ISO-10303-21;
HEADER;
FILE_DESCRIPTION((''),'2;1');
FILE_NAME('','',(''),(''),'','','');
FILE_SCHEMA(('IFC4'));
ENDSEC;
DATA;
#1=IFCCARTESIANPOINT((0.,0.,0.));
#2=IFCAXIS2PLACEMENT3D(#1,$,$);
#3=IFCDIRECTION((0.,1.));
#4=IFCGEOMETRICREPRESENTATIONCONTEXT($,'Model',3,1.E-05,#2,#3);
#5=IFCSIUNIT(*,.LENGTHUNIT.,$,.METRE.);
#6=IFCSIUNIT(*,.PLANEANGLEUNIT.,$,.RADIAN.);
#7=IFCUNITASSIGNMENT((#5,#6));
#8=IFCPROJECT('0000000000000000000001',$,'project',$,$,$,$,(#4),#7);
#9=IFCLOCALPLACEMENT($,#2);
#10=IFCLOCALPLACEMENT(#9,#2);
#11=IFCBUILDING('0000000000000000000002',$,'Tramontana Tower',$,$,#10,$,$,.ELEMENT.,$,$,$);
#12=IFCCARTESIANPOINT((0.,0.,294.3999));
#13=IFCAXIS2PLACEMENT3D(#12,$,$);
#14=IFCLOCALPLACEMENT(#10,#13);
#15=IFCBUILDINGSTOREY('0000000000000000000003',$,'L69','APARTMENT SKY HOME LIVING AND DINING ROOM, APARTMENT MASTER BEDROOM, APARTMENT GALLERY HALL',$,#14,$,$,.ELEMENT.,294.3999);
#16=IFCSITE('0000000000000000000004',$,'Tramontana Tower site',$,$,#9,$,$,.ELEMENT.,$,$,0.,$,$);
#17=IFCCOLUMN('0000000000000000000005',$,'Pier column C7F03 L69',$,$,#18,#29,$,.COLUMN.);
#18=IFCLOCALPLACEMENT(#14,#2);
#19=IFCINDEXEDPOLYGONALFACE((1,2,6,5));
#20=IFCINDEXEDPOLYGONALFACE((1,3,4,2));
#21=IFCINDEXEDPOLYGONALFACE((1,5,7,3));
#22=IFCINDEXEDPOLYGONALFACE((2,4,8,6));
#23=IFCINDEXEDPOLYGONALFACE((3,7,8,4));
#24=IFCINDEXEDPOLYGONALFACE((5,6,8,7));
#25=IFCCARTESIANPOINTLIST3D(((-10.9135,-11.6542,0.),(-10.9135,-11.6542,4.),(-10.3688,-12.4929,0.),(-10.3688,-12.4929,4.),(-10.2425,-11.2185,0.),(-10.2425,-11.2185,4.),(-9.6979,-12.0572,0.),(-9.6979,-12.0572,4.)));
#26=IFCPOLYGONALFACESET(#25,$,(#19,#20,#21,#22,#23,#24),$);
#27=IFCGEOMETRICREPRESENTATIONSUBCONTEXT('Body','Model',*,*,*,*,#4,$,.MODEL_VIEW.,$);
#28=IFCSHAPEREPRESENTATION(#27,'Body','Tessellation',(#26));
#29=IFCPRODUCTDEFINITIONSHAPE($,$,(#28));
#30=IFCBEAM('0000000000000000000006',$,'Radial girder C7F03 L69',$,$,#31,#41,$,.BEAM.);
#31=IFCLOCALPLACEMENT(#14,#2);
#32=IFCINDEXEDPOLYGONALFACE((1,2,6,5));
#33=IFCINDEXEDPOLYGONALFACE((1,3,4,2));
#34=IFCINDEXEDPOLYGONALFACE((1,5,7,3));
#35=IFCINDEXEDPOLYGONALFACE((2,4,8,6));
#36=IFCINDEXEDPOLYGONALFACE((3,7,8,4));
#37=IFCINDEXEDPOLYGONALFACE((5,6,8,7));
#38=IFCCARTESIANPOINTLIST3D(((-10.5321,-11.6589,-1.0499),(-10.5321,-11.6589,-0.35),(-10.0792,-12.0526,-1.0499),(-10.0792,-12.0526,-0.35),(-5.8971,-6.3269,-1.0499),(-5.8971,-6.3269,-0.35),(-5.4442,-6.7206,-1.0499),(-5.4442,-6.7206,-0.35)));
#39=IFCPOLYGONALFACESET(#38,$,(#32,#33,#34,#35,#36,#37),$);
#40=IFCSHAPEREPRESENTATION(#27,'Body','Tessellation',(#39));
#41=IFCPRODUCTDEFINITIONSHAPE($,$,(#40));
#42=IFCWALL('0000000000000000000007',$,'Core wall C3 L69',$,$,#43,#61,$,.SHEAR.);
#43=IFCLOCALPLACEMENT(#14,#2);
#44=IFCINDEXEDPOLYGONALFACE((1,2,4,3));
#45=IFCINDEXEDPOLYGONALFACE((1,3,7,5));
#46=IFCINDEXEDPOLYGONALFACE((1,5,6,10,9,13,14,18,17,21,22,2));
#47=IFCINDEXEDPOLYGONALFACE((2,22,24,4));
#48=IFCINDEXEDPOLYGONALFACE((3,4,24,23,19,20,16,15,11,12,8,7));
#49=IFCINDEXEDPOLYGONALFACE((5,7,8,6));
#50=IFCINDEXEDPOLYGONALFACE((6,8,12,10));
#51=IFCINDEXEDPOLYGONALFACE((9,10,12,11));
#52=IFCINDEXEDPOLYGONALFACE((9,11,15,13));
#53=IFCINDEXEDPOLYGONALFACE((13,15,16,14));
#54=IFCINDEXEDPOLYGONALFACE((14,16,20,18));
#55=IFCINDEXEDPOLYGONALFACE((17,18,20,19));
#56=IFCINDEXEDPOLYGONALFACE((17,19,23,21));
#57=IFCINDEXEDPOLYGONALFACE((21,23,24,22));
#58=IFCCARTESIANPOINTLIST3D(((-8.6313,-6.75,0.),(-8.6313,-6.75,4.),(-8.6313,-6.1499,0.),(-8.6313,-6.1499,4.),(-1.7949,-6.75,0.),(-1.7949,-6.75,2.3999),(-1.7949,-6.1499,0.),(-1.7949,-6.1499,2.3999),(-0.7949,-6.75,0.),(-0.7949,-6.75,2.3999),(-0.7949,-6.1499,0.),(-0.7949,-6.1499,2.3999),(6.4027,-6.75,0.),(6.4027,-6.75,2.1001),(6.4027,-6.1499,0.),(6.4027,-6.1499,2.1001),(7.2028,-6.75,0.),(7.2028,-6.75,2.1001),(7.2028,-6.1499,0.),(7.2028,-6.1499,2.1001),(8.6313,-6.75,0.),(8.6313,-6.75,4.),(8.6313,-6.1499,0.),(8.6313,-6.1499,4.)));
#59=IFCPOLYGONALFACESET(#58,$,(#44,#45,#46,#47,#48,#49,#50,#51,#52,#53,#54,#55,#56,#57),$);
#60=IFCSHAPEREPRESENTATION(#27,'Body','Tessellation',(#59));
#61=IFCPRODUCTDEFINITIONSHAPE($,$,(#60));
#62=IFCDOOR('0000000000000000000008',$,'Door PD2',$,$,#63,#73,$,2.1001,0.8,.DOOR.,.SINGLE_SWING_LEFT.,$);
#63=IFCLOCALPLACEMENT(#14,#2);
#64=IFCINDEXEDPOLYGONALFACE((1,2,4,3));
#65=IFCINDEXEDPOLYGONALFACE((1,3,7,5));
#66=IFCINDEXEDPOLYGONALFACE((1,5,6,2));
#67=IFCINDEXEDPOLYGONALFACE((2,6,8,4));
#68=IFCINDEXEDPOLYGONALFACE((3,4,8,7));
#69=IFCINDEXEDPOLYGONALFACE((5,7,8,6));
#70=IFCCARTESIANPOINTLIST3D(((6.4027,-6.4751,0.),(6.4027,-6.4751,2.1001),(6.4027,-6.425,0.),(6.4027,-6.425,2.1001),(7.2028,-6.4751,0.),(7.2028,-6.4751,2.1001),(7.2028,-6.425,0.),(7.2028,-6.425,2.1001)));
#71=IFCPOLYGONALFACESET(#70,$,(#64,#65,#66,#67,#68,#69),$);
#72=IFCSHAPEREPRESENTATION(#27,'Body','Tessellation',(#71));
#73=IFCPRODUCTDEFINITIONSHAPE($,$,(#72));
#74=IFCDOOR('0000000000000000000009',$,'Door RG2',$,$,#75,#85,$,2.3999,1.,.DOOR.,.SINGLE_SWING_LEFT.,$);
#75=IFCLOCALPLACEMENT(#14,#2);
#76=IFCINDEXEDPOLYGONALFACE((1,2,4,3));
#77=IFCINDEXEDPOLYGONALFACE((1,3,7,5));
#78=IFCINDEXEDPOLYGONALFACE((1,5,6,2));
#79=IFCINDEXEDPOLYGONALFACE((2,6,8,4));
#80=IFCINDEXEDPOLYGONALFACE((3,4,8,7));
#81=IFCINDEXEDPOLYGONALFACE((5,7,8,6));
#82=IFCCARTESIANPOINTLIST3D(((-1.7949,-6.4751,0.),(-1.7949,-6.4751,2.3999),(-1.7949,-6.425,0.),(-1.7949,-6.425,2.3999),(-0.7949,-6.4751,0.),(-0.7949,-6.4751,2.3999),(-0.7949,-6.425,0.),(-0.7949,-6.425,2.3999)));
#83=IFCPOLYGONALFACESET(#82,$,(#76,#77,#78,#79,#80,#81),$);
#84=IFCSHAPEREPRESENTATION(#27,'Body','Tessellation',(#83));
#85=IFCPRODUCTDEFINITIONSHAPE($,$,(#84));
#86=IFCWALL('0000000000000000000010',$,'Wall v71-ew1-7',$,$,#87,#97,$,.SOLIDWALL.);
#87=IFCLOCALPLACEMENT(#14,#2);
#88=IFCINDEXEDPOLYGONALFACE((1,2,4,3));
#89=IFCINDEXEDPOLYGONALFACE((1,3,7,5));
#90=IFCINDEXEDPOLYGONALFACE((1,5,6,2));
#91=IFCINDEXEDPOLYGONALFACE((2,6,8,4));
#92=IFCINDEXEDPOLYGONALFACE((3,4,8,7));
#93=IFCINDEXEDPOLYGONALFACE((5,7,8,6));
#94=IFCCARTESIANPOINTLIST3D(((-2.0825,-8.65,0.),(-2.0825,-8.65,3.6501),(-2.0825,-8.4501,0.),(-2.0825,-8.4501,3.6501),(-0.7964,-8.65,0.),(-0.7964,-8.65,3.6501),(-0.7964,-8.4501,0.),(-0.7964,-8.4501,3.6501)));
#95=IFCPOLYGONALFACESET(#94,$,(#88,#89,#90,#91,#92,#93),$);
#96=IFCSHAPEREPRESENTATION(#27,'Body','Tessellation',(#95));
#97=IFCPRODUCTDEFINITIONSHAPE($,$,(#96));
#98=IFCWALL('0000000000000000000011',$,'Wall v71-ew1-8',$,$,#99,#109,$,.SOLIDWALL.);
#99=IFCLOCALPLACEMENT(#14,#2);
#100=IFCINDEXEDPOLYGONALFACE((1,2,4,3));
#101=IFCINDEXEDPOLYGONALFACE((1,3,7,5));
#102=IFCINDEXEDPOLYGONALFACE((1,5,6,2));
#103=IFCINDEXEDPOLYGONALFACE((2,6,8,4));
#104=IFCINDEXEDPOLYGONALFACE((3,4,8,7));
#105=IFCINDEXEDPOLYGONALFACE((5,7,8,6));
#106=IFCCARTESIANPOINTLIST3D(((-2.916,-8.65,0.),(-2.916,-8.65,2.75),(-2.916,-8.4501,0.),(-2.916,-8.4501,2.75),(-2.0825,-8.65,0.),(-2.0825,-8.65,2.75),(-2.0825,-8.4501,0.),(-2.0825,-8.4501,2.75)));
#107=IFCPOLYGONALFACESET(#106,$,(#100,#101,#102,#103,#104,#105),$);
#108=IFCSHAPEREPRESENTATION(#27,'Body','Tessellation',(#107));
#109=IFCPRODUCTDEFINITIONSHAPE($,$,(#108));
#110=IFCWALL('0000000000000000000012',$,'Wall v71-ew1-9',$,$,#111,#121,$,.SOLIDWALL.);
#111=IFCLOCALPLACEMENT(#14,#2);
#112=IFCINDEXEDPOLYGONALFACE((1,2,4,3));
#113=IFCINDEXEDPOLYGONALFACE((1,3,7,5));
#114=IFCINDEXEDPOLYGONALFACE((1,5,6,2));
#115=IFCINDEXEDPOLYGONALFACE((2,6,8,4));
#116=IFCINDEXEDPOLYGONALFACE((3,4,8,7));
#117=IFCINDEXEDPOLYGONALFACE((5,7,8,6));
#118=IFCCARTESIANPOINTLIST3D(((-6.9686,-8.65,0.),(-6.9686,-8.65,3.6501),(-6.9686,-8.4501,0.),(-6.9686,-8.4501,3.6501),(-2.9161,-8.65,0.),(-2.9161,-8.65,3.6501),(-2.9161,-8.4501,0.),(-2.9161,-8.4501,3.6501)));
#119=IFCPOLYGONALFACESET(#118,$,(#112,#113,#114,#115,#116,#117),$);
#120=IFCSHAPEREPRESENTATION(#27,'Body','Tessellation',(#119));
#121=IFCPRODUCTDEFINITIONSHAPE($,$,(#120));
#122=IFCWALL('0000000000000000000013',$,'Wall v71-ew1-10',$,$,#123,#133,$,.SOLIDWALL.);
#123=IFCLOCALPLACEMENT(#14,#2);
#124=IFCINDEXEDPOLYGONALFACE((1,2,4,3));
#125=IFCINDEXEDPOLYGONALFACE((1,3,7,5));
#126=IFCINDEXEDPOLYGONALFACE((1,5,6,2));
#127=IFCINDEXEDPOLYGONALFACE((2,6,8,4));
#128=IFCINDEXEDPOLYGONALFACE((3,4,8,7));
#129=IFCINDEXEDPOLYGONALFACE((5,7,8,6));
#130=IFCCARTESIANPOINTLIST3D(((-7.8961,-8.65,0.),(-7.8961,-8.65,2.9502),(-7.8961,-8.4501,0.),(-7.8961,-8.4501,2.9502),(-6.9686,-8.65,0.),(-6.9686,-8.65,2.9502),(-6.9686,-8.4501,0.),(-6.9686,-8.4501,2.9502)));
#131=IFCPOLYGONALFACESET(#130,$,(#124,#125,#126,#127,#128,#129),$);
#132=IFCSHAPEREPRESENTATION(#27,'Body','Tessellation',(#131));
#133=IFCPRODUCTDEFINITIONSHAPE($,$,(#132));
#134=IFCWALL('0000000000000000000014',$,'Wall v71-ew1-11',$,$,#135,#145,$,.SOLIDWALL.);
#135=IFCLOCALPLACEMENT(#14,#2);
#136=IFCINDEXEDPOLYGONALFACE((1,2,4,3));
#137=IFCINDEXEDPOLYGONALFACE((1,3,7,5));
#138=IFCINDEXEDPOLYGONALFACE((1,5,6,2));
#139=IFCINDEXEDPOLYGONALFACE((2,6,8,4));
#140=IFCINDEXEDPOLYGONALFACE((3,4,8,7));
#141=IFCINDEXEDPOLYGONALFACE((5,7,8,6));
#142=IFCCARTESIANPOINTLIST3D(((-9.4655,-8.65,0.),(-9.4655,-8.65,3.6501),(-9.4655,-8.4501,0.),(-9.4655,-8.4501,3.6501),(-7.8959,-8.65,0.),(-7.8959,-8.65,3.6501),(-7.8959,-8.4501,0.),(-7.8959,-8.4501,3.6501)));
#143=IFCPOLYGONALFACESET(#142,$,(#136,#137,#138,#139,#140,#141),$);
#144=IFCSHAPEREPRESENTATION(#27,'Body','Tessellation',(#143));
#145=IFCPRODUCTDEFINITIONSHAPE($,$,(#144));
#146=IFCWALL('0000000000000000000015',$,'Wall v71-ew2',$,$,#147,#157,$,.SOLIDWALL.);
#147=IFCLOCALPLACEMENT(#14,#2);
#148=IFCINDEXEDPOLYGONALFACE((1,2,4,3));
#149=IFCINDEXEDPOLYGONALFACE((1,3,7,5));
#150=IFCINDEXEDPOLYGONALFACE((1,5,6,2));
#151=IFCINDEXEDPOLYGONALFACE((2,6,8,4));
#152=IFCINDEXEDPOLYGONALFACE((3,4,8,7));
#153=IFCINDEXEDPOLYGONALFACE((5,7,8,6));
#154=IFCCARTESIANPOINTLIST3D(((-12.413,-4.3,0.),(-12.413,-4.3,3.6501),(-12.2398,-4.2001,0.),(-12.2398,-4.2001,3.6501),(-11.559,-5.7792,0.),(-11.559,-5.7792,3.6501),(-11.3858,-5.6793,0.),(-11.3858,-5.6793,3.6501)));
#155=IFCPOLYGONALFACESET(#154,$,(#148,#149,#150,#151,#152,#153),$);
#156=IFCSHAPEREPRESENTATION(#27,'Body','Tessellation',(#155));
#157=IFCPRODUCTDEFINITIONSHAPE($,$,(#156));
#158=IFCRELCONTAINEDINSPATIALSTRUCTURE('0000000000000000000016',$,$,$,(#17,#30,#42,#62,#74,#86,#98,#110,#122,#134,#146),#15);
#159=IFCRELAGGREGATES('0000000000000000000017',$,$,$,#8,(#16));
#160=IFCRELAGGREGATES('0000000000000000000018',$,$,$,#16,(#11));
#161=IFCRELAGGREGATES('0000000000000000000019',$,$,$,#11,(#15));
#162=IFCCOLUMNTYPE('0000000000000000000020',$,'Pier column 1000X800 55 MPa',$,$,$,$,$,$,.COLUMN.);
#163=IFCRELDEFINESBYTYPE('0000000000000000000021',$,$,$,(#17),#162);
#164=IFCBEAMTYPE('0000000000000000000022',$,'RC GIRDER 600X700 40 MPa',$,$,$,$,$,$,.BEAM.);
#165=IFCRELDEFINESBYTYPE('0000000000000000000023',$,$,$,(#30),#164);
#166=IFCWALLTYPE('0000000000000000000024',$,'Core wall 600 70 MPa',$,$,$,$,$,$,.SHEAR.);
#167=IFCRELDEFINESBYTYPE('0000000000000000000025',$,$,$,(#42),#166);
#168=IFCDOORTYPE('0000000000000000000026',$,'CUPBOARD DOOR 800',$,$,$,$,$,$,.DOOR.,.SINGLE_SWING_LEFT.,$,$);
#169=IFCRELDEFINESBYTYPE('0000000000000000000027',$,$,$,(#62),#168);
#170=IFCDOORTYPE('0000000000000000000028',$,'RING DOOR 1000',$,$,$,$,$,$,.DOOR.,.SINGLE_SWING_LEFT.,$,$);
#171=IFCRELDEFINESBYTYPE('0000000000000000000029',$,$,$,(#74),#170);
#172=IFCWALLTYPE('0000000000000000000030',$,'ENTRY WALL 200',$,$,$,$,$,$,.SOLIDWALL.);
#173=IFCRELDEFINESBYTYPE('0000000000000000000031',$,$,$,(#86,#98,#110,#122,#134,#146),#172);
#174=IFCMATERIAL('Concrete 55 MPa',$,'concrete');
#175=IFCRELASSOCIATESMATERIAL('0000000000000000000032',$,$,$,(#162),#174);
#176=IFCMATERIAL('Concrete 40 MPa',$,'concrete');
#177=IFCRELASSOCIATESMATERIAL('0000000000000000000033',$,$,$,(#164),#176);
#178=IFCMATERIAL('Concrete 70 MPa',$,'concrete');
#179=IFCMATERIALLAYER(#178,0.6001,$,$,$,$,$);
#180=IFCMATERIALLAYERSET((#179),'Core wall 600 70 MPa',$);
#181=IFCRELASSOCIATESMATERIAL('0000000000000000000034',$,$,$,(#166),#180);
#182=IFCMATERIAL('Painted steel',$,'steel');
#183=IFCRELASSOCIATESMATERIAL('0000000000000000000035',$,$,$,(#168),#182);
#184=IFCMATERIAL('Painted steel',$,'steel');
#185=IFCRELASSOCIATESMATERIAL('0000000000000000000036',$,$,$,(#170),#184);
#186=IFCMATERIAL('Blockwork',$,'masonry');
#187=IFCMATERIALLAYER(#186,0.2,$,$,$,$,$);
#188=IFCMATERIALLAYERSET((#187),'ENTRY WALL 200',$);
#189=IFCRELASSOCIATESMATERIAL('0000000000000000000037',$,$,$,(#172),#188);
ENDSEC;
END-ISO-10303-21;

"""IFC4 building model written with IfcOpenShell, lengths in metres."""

from ifc_helpers import new_model, si_unit, direction, frame, frame_2d, origin, origin_2d, place, context, subcontext, project, spatial, rectangle, extrude, material, layer, layer_set, material_profile, profile_set, type_object, element, fill, save


model = new_model("IFC4")

# Units and contexts
model_context = context("Model", 3, precision=1e-05, world=origin(), true_north=direction((0.0, 1.0)))
body_context = subcontext(model_context, "Body", "Model", "MODEL_VIEW")
ifc_project = project(units=[si_unit("LENGTHUNIT", "METRE"), si_unit("PLANEANGLEUNIT", "RADIAN")], contexts=[model_context])

# Site, building, storey
site_placement = place(None, origin())
site = spatial("IfcSite", under=ifc_project, at=site_placement, Name="Tramontana Tower site", CompositionType="ELEMENT", RefElevation=0.0)
building_placement = place(site_placement, origin())
building = spatial("IfcBuilding", under=site, at=building_placement, Name="Tramontana Tower", CompositionType="ELEMENT")
storey_placement = place(building_placement, frame((0.0, 0.0, 294.3999)))
storey = spatial("IfcBuildingStorey", under=building, at=storey_placement, Name="L69", Description="APARTMENT SKY HOME LIVING AND DINING ROOM, APARTMENT MASTER BEDROOM, APARTMENT GALLERY HALL", CompositionType="ELEMENT", Elevation=294.3999)

# Column
ifc_material_1 = material(Name="Concrete 55 MPa", Category="concrete")
ifc_material_profile_1 = material_profile(ifc_material_1, rectangle(XDim=1.0, YDim=0.8, at=origin_2d()), Name="Pier column 1000X800 55 MPa")
ifc_profile_set_1 = profile_set([ifc_material_profile_1], Name="Concrete 55 MPa")
column_type = type_object("IfcColumnType", Name="Pier column 1000X800 55 MPa", PredefinedType="COLUMN", material=ifc_profile_set_1)
column_placement = place(storey_placement, frame((-10.3057, -11.8557, 0.0), z_axis=(0.0, 0.0, 1.0), x_axis=(0.544639, -0.838671, 0.0)))
element("IfcColumn", 1, at=column_placement, inside=storey, type_object=column_type, Name="Pier column C7F03 L69", PredefinedType="COLUMN", context=body_context, shape_type="SweptSolid", body=[
    extrude(rectangle(XDim=1.0, YDim=0.8, at=origin_2d()), origin(), (0.0, 0.0, 1.0), 4.0),
])

# Beam
ifc_material_2 = material(Name="Concrete 40 MPa", Category="concrete")
ifc_material_profile_2 = material_profile(ifc_material_2, rectangle(XDim=0.6001, YDim=0.7, at=origin_2d()), Name="RC GIRDER 600X700 40 MPa")
ifc_profile_set_2 = profile_set([ifc_material_profile_2], Name="Concrete 40 MPa")
beam_type = type_object("IfcBeamType", Name="RC GIRDER 600X700 40 MPa", PredefinedType="BEAM", material=ifc_profile_set_2)
beam_placement = place(storey_placement, frame((-10.3057, -11.8557, -0.7), z_axis=(0.656055, 0.754713, 0.0), x_axis=(-0.754713, 0.656055, 0.0)))
element("IfcBeam", 2, at=beam_placement, inside=storey, type_object=beam_type, Name="Radial girder C7F03 L69", PredefinedType="BEAM", context=body_context, shape_type="SweptSolid", body=[
    extrude(rectangle(XDim=0.6001, YDim=0.7, at=origin_2d()), origin(), (0.0, 0.0, 1.0), 7.0649),
])

# Wall, openings, doors
ifc_material_3 = material(Name="Concrete 70 MPa", Category="concrete")
ifc_layer_1 = layer(ifc_material_3, 0.6001)
ifc_layer_set_1 = layer_set([ifc_layer_1], Name="Core wall 600 70 MPa")
wall_type_1 = type_object("IfcWallType", Name="Core wall 600 70 MPa", PredefinedType="SHEAR", material=ifc_layer_set_1)
wall_1_placement = place(storey_placement, frame((-8.6313, -6.45, 0.0), z_axis=(0.0, 0.0, 1.0), x_axis=(1.0, 0.0, 0.0)))
wall_1 = element("IfcWall", 3, at=wall_1_placement, inside=storey, type_object=wall_type_1, Name="Core wall C3 L69", PredefinedType="SHEAR", context=body_context, shape_type="SweptSolid", body=[
    extrude(rectangle(XDim=17.2627, YDim=0.6001, at=frame_2d((8.6313, 0.0))), origin(), (0.0, 0.0, 1.0), 4.0),
])
opening_1_placement = place(wall_1_placement, frame((6.8364, 0.0, 0.0)))
opening_1 = element("IfcOpeningElement", 4, at=opening_1_placement, cuts=wall_1, PredefinedType="OPENING", context=body_context, shape_type="SweptSolid", body=[
    extrude(rectangle(XDim=1.0, YDim=2.3999, at=frame_2d((0.5, 1.2))), frame((0.0, 0.3101, 0.0), z_axis=(0.0, -1.0, 0.0), x_axis=(1.0, 0.0, 0.0)), (0.0, 0.0, 1.0), 0.6201),
])
opening_2_placement = place(wall_1_placement, frame((15.0342, 0.0, 0.0)))
opening_2 = element("IfcOpeningElement", 5, at=opening_2_placement, cuts=wall_1, PredefinedType="OPENING", context=body_context, shape_type="SweptSolid", body=[
    extrude(rectangle(XDim=0.8, YDim=2.1001, at=frame_2d((0.3999, 1.05))), frame((0.0, 0.3101, 0.0), z_axis=(0.0, -1.0, 0.0), x_axis=(1.0, 0.0, 0.0)), (0.0, 0.0, 1.0), 0.6201),
])
ifc_material_4 = material(Name="Painted steel", Category="steel")
door_type_1 = type_object("IfcDoorType", Name="CUPBOARD DOOR 800", OperationType="SINGLE_SWING_LEFT", PredefinedType="DOOR", material=ifc_material_4)
door_1_placement = place(opening_2_placement, origin())
door_1 = element("IfcDoor", 6, at=door_1_placement, inside=storey, type_object=door_type_1, Name="Door PD2", OperationType="SINGLE_SWING_LEFT", OverallHeight=2.1001, OverallWidth=0.8, PredefinedType="DOOR", context=body_context, shape_type="SweptSolid", body=[
    extrude(rectangle(XDim=0.8, YDim=2.1001, at=frame_2d((0.3999, 1.05))), frame((0.0, 0.0249, 0.0), z_axis=(0.0, -1.0, 0.0), x_axis=(1.0, 0.0, 0.0)), (0.0, 0.0, 1.0), 0.05),
])
fill(opening_2, door_1)
ifc_material_5 = material(Name="Painted steel", Category="steel")
door_type_2 = type_object("IfcDoorType", Name="RING DOOR 1000", OperationType="SINGLE_SWING_LEFT", PredefinedType="DOOR", material=ifc_material_5)
door_2_placement = place(opening_1_placement, origin())
door_2 = element("IfcDoor", 7, at=door_2_placement, inside=storey, type_object=door_type_2, Name="Door RG2", OperationType="SINGLE_SWING_LEFT", OverallHeight=2.3999, OverallWidth=1.0, PredefinedType="DOOR", context=body_context, shape_type="SweptSolid", body=[
    extrude(rectangle(XDim=1.0, YDim=2.3999, at=frame_2d((0.5, 1.2))), frame((0.0, 0.0249, 0.0), z_axis=(0.0, -1.0, 0.0), x_axis=(1.0, 0.0, 0.0)), (0.0, 0.0, 1.0), 0.05),
])
fill(opening_1, door_2)

# Walls
ifc_material_6 = material(Name="Blockwork", Category="masonry")
ifc_layer_2 = layer(ifc_material_6, 0.2)
ifc_layer_set_2 = layer_set([ifc_layer_2], Name="ENTRY WALL 200")
wall_type_2 = type_object("IfcWallType", Name="ENTRY WALL 200", PredefinedType="SOLIDWALL", material=ifc_layer_set_2)
wall_2_placement = place(storey_placement, frame((-0.7964, -8.55, 0.0), z_axis=(0.0, 0.0, 1.0), x_axis=(-1.0, 0.0, 0.0)))
element("IfcWall", 8, at=wall_2_placement, inside=storey, type_object=wall_type_2, Name="Wall v71-ew1-7", PredefinedType="SOLIDWALL", context=body_context, shape_type="SweptSolid", body=[
    extrude(rectangle(XDim=1.2861, YDim=0.2, at=frame_2d((0.6431, 0.0))), origin(), (0.0, 0.0, 1.0), 3.6501),
])
wall_3_placement = place(storey_placement, frame((-2.0825, -8.55, 0.0), z_axis=(0.0, 0.0, 1.0), x_axis=(-1.0, 0.0, 0.0)))
element("IfcWall", 9, at=wall_3_placement, inside=storey, type_object=wall_type_2, Name="Wall v71-ew1-8", PredefinedType="SOLIDWALL", context=body_context, shape_type="SweptSolid", body=[
    extrude(rectangle(XDim=0.8335, YDim=0.2, at=frame_2d((0.4167, 0.0))), origin(), (0.0, 0.0, 1.0), 2.75),
])
wall_4_placement = place(storey_placement, frame((-2.916, -8.55, 0.0), z_axis=(0.0, 0.0, 1.0), x_axis=(-1.0, 0.0, 0.0)))
element("IfcWall", 10, at=wall_4_placement, inside=storey, type_object=wall_type_2, Name="Wall v71-ew1-9", PredefinedType="SOLIDWALL", context=body_context, shape_type="SweptSolid", body=[
    extrude(rectangle(XDim=4.0525, YDim=0.2, at=frame_2d((2.0264, 0.0))), origin(), (0.0, 0.0, 1.0), 3.6501),
])
wall_5_placement = place(storey_placement, frame((-6.9685, -8.55, 0.0), z_axis=(0.0, 0.0, 1.0), x_axis=(-1.0, 0.0, 0.0)))
element("IfcWall", 11, at=wall_5_placement, inside=storey, type_object=wall_type_2, Name="Wall v71-ew1-10", PredefinedType="SOLIDWALL", context=body_context, shape_type="SweptSolid", body=[
    extrude(rectangle(XDim=0.9275, YDim=0.2, at=frame_2d((0.4639, 0.0))), origin(), (0.0, 0.0, 1.0), 2.9502),
])
wall_6_placement = place(storey_placement, frame((-7.896, -8.55, 0.0), z_axis=(0.0, 0.0, 1.0), x_axis=(-1.0, 0.0, 0.0)))
element("IfcWall", 12, at=wall_6_placement, inside=storey, type_object=wall_type_2, Name="Wall v71-ew1-11", PredefinedType="SOLIDWALL", context=body_context, shape_type="SweptSolid", body=[
    extrude(rectangle(XDim=1.5696, YDim=0.2, at=frame_2d((0.7847, 0.0))), origin(), (0.0, 0.0, 1.0), 3.6501),
])
wall_7_placement = place(storey_placement, frame((-11.4724, -5.7292, 0.0), z_axis=(0.0, 0.0, 1.0), x_axis=(-0.499982, 0.866036, 0.0)))
element("IfcWall", 13, at=wall_7_placement, inside=storey, type_object=wall_type_2, Name="Wall v71-ew2", PredefinedType="SOLIDWALL", context=body_context, shape_type="SweptSolid", body=[
    extrude(rectangle(XDim=1.708, YDim=0.2, at=frame_2d((0.854, 0.0))), origin(), (0.0, 0.0, 1.0), 3.6501),
])

save(model, "model.ifc")
